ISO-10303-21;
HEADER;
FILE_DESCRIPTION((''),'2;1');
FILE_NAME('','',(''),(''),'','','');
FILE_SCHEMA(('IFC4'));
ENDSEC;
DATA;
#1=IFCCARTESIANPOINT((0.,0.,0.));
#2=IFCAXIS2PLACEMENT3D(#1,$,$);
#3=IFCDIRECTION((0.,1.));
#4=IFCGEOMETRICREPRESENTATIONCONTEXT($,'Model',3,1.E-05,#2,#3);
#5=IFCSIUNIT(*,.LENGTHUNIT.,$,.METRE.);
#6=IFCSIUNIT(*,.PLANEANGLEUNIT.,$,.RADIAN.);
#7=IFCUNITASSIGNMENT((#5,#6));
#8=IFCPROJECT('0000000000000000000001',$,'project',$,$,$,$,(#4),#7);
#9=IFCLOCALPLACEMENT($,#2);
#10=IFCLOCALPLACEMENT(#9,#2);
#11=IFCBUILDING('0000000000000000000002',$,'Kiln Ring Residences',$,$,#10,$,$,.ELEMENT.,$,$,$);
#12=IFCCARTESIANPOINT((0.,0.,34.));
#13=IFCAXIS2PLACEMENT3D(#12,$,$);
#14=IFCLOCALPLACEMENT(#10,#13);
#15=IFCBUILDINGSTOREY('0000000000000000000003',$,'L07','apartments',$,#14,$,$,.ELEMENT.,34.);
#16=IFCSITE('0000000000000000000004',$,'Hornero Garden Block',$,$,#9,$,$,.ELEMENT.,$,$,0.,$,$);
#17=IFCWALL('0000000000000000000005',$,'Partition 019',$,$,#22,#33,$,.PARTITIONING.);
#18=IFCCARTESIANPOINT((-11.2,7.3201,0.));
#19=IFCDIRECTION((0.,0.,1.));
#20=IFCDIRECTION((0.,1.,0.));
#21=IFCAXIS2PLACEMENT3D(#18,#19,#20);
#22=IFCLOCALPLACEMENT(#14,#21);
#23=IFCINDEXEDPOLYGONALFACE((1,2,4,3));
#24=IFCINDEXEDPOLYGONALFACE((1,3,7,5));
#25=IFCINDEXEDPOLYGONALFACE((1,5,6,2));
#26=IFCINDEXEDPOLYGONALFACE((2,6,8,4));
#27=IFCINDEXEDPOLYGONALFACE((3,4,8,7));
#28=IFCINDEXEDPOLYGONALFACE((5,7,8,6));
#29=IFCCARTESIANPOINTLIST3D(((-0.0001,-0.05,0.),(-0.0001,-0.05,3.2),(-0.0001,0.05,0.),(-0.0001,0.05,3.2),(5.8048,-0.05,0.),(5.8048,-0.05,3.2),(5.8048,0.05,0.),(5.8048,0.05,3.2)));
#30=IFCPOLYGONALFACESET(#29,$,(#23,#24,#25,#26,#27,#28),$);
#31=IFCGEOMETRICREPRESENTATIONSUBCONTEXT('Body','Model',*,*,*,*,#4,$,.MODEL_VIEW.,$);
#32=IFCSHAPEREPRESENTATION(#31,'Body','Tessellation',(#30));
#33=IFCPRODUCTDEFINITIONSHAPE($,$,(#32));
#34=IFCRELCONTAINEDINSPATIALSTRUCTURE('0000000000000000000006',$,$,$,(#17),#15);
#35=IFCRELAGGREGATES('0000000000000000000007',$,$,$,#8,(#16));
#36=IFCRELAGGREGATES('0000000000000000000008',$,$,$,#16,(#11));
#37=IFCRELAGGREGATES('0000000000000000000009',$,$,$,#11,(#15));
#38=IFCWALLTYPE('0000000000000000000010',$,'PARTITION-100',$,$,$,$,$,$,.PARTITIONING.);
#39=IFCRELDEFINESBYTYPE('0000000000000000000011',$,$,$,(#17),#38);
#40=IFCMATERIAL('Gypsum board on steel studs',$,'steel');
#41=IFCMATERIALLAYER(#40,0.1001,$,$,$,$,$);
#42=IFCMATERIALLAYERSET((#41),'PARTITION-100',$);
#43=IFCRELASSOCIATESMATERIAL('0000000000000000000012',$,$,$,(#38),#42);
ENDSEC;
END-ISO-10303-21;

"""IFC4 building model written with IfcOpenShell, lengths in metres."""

from ifc_helpers import new_model, si_unit, direction, frame, frame_2d, origin, place, context, subcontext, project, spatial, rectangle, extrude, material, layer, layer_set, type_object, element, save


model = new_model("IFC4")

# Units and contexts
model_context = context("Model", 3, precision=1e-05, world=origin(), true_north=direction((0.0, 1.0)))
body_context = subcontext(model_context, "Body", "Model", "MODEL_VIEW")
ifc_project = project(units=[si_unit("LENGTHUNIT", "METRE"), si_unit("PLANEANGLEUNIT", "RADIAN")], contexts=[model_context])

# Site, building, storey
site_placement = place(None, origin())
site = spatial("IfcSite", under=ifc_project, at=site_placement, Name="Hornero Garden Block", CompositionType="ELEMENT", RefElevation=0.0)
building_placement = place(site_placement, origin())
building = spatial("IfcBuilding", under=site, at=building_placement, Name="Kiln Ring Residences", CompositionType="ELEMENT")
storey_placement = place(building_placement, frame((0.0, 0.0, 34.0)))
storey = spatial("IfcBuildingStorey", under=building, at=storey_placement, Name="L07", Description="apartments", CompositionType="ELEMENT", Elevation=34.0)

# Wall
ifc_material_1 = material(Name="Gypsum board on steel studs", Category="steel")
ifc_layer_1 = layer(ifc_material_1, 0.1001)
ifc_layer_set_1 = layer_set([ifc_layer_1], Name="PARTITION-100")
wall_type_1 = type_object("IfcWallType", Name="PARTITION-100", PredefinedType="PARTITIONING", material=ifc_layer_set_1)
wall_1_placement = place(storey_placement, frame((-11.2, 7.3201, 0.0), z_axis=(0.0, 0.0, 1.0), x_axis=(0.0, 1.0, 0.0)))
element("IfcWall", 1, at=wall_1_placement, inside=storey, type_object=wall_type_1, Name="Partition 019", PredefinedType="PARTITIONING", context=body_context, shape_type="SweptSolid", body=[
    extrude(rectangle(XDim=5.8049, YDim=0.1001, at=frame_2d((2.9023, 0.0))), origin(), (0.0, 0.0, 1.0), 3.2),
])

save(model, "model.ifc")
